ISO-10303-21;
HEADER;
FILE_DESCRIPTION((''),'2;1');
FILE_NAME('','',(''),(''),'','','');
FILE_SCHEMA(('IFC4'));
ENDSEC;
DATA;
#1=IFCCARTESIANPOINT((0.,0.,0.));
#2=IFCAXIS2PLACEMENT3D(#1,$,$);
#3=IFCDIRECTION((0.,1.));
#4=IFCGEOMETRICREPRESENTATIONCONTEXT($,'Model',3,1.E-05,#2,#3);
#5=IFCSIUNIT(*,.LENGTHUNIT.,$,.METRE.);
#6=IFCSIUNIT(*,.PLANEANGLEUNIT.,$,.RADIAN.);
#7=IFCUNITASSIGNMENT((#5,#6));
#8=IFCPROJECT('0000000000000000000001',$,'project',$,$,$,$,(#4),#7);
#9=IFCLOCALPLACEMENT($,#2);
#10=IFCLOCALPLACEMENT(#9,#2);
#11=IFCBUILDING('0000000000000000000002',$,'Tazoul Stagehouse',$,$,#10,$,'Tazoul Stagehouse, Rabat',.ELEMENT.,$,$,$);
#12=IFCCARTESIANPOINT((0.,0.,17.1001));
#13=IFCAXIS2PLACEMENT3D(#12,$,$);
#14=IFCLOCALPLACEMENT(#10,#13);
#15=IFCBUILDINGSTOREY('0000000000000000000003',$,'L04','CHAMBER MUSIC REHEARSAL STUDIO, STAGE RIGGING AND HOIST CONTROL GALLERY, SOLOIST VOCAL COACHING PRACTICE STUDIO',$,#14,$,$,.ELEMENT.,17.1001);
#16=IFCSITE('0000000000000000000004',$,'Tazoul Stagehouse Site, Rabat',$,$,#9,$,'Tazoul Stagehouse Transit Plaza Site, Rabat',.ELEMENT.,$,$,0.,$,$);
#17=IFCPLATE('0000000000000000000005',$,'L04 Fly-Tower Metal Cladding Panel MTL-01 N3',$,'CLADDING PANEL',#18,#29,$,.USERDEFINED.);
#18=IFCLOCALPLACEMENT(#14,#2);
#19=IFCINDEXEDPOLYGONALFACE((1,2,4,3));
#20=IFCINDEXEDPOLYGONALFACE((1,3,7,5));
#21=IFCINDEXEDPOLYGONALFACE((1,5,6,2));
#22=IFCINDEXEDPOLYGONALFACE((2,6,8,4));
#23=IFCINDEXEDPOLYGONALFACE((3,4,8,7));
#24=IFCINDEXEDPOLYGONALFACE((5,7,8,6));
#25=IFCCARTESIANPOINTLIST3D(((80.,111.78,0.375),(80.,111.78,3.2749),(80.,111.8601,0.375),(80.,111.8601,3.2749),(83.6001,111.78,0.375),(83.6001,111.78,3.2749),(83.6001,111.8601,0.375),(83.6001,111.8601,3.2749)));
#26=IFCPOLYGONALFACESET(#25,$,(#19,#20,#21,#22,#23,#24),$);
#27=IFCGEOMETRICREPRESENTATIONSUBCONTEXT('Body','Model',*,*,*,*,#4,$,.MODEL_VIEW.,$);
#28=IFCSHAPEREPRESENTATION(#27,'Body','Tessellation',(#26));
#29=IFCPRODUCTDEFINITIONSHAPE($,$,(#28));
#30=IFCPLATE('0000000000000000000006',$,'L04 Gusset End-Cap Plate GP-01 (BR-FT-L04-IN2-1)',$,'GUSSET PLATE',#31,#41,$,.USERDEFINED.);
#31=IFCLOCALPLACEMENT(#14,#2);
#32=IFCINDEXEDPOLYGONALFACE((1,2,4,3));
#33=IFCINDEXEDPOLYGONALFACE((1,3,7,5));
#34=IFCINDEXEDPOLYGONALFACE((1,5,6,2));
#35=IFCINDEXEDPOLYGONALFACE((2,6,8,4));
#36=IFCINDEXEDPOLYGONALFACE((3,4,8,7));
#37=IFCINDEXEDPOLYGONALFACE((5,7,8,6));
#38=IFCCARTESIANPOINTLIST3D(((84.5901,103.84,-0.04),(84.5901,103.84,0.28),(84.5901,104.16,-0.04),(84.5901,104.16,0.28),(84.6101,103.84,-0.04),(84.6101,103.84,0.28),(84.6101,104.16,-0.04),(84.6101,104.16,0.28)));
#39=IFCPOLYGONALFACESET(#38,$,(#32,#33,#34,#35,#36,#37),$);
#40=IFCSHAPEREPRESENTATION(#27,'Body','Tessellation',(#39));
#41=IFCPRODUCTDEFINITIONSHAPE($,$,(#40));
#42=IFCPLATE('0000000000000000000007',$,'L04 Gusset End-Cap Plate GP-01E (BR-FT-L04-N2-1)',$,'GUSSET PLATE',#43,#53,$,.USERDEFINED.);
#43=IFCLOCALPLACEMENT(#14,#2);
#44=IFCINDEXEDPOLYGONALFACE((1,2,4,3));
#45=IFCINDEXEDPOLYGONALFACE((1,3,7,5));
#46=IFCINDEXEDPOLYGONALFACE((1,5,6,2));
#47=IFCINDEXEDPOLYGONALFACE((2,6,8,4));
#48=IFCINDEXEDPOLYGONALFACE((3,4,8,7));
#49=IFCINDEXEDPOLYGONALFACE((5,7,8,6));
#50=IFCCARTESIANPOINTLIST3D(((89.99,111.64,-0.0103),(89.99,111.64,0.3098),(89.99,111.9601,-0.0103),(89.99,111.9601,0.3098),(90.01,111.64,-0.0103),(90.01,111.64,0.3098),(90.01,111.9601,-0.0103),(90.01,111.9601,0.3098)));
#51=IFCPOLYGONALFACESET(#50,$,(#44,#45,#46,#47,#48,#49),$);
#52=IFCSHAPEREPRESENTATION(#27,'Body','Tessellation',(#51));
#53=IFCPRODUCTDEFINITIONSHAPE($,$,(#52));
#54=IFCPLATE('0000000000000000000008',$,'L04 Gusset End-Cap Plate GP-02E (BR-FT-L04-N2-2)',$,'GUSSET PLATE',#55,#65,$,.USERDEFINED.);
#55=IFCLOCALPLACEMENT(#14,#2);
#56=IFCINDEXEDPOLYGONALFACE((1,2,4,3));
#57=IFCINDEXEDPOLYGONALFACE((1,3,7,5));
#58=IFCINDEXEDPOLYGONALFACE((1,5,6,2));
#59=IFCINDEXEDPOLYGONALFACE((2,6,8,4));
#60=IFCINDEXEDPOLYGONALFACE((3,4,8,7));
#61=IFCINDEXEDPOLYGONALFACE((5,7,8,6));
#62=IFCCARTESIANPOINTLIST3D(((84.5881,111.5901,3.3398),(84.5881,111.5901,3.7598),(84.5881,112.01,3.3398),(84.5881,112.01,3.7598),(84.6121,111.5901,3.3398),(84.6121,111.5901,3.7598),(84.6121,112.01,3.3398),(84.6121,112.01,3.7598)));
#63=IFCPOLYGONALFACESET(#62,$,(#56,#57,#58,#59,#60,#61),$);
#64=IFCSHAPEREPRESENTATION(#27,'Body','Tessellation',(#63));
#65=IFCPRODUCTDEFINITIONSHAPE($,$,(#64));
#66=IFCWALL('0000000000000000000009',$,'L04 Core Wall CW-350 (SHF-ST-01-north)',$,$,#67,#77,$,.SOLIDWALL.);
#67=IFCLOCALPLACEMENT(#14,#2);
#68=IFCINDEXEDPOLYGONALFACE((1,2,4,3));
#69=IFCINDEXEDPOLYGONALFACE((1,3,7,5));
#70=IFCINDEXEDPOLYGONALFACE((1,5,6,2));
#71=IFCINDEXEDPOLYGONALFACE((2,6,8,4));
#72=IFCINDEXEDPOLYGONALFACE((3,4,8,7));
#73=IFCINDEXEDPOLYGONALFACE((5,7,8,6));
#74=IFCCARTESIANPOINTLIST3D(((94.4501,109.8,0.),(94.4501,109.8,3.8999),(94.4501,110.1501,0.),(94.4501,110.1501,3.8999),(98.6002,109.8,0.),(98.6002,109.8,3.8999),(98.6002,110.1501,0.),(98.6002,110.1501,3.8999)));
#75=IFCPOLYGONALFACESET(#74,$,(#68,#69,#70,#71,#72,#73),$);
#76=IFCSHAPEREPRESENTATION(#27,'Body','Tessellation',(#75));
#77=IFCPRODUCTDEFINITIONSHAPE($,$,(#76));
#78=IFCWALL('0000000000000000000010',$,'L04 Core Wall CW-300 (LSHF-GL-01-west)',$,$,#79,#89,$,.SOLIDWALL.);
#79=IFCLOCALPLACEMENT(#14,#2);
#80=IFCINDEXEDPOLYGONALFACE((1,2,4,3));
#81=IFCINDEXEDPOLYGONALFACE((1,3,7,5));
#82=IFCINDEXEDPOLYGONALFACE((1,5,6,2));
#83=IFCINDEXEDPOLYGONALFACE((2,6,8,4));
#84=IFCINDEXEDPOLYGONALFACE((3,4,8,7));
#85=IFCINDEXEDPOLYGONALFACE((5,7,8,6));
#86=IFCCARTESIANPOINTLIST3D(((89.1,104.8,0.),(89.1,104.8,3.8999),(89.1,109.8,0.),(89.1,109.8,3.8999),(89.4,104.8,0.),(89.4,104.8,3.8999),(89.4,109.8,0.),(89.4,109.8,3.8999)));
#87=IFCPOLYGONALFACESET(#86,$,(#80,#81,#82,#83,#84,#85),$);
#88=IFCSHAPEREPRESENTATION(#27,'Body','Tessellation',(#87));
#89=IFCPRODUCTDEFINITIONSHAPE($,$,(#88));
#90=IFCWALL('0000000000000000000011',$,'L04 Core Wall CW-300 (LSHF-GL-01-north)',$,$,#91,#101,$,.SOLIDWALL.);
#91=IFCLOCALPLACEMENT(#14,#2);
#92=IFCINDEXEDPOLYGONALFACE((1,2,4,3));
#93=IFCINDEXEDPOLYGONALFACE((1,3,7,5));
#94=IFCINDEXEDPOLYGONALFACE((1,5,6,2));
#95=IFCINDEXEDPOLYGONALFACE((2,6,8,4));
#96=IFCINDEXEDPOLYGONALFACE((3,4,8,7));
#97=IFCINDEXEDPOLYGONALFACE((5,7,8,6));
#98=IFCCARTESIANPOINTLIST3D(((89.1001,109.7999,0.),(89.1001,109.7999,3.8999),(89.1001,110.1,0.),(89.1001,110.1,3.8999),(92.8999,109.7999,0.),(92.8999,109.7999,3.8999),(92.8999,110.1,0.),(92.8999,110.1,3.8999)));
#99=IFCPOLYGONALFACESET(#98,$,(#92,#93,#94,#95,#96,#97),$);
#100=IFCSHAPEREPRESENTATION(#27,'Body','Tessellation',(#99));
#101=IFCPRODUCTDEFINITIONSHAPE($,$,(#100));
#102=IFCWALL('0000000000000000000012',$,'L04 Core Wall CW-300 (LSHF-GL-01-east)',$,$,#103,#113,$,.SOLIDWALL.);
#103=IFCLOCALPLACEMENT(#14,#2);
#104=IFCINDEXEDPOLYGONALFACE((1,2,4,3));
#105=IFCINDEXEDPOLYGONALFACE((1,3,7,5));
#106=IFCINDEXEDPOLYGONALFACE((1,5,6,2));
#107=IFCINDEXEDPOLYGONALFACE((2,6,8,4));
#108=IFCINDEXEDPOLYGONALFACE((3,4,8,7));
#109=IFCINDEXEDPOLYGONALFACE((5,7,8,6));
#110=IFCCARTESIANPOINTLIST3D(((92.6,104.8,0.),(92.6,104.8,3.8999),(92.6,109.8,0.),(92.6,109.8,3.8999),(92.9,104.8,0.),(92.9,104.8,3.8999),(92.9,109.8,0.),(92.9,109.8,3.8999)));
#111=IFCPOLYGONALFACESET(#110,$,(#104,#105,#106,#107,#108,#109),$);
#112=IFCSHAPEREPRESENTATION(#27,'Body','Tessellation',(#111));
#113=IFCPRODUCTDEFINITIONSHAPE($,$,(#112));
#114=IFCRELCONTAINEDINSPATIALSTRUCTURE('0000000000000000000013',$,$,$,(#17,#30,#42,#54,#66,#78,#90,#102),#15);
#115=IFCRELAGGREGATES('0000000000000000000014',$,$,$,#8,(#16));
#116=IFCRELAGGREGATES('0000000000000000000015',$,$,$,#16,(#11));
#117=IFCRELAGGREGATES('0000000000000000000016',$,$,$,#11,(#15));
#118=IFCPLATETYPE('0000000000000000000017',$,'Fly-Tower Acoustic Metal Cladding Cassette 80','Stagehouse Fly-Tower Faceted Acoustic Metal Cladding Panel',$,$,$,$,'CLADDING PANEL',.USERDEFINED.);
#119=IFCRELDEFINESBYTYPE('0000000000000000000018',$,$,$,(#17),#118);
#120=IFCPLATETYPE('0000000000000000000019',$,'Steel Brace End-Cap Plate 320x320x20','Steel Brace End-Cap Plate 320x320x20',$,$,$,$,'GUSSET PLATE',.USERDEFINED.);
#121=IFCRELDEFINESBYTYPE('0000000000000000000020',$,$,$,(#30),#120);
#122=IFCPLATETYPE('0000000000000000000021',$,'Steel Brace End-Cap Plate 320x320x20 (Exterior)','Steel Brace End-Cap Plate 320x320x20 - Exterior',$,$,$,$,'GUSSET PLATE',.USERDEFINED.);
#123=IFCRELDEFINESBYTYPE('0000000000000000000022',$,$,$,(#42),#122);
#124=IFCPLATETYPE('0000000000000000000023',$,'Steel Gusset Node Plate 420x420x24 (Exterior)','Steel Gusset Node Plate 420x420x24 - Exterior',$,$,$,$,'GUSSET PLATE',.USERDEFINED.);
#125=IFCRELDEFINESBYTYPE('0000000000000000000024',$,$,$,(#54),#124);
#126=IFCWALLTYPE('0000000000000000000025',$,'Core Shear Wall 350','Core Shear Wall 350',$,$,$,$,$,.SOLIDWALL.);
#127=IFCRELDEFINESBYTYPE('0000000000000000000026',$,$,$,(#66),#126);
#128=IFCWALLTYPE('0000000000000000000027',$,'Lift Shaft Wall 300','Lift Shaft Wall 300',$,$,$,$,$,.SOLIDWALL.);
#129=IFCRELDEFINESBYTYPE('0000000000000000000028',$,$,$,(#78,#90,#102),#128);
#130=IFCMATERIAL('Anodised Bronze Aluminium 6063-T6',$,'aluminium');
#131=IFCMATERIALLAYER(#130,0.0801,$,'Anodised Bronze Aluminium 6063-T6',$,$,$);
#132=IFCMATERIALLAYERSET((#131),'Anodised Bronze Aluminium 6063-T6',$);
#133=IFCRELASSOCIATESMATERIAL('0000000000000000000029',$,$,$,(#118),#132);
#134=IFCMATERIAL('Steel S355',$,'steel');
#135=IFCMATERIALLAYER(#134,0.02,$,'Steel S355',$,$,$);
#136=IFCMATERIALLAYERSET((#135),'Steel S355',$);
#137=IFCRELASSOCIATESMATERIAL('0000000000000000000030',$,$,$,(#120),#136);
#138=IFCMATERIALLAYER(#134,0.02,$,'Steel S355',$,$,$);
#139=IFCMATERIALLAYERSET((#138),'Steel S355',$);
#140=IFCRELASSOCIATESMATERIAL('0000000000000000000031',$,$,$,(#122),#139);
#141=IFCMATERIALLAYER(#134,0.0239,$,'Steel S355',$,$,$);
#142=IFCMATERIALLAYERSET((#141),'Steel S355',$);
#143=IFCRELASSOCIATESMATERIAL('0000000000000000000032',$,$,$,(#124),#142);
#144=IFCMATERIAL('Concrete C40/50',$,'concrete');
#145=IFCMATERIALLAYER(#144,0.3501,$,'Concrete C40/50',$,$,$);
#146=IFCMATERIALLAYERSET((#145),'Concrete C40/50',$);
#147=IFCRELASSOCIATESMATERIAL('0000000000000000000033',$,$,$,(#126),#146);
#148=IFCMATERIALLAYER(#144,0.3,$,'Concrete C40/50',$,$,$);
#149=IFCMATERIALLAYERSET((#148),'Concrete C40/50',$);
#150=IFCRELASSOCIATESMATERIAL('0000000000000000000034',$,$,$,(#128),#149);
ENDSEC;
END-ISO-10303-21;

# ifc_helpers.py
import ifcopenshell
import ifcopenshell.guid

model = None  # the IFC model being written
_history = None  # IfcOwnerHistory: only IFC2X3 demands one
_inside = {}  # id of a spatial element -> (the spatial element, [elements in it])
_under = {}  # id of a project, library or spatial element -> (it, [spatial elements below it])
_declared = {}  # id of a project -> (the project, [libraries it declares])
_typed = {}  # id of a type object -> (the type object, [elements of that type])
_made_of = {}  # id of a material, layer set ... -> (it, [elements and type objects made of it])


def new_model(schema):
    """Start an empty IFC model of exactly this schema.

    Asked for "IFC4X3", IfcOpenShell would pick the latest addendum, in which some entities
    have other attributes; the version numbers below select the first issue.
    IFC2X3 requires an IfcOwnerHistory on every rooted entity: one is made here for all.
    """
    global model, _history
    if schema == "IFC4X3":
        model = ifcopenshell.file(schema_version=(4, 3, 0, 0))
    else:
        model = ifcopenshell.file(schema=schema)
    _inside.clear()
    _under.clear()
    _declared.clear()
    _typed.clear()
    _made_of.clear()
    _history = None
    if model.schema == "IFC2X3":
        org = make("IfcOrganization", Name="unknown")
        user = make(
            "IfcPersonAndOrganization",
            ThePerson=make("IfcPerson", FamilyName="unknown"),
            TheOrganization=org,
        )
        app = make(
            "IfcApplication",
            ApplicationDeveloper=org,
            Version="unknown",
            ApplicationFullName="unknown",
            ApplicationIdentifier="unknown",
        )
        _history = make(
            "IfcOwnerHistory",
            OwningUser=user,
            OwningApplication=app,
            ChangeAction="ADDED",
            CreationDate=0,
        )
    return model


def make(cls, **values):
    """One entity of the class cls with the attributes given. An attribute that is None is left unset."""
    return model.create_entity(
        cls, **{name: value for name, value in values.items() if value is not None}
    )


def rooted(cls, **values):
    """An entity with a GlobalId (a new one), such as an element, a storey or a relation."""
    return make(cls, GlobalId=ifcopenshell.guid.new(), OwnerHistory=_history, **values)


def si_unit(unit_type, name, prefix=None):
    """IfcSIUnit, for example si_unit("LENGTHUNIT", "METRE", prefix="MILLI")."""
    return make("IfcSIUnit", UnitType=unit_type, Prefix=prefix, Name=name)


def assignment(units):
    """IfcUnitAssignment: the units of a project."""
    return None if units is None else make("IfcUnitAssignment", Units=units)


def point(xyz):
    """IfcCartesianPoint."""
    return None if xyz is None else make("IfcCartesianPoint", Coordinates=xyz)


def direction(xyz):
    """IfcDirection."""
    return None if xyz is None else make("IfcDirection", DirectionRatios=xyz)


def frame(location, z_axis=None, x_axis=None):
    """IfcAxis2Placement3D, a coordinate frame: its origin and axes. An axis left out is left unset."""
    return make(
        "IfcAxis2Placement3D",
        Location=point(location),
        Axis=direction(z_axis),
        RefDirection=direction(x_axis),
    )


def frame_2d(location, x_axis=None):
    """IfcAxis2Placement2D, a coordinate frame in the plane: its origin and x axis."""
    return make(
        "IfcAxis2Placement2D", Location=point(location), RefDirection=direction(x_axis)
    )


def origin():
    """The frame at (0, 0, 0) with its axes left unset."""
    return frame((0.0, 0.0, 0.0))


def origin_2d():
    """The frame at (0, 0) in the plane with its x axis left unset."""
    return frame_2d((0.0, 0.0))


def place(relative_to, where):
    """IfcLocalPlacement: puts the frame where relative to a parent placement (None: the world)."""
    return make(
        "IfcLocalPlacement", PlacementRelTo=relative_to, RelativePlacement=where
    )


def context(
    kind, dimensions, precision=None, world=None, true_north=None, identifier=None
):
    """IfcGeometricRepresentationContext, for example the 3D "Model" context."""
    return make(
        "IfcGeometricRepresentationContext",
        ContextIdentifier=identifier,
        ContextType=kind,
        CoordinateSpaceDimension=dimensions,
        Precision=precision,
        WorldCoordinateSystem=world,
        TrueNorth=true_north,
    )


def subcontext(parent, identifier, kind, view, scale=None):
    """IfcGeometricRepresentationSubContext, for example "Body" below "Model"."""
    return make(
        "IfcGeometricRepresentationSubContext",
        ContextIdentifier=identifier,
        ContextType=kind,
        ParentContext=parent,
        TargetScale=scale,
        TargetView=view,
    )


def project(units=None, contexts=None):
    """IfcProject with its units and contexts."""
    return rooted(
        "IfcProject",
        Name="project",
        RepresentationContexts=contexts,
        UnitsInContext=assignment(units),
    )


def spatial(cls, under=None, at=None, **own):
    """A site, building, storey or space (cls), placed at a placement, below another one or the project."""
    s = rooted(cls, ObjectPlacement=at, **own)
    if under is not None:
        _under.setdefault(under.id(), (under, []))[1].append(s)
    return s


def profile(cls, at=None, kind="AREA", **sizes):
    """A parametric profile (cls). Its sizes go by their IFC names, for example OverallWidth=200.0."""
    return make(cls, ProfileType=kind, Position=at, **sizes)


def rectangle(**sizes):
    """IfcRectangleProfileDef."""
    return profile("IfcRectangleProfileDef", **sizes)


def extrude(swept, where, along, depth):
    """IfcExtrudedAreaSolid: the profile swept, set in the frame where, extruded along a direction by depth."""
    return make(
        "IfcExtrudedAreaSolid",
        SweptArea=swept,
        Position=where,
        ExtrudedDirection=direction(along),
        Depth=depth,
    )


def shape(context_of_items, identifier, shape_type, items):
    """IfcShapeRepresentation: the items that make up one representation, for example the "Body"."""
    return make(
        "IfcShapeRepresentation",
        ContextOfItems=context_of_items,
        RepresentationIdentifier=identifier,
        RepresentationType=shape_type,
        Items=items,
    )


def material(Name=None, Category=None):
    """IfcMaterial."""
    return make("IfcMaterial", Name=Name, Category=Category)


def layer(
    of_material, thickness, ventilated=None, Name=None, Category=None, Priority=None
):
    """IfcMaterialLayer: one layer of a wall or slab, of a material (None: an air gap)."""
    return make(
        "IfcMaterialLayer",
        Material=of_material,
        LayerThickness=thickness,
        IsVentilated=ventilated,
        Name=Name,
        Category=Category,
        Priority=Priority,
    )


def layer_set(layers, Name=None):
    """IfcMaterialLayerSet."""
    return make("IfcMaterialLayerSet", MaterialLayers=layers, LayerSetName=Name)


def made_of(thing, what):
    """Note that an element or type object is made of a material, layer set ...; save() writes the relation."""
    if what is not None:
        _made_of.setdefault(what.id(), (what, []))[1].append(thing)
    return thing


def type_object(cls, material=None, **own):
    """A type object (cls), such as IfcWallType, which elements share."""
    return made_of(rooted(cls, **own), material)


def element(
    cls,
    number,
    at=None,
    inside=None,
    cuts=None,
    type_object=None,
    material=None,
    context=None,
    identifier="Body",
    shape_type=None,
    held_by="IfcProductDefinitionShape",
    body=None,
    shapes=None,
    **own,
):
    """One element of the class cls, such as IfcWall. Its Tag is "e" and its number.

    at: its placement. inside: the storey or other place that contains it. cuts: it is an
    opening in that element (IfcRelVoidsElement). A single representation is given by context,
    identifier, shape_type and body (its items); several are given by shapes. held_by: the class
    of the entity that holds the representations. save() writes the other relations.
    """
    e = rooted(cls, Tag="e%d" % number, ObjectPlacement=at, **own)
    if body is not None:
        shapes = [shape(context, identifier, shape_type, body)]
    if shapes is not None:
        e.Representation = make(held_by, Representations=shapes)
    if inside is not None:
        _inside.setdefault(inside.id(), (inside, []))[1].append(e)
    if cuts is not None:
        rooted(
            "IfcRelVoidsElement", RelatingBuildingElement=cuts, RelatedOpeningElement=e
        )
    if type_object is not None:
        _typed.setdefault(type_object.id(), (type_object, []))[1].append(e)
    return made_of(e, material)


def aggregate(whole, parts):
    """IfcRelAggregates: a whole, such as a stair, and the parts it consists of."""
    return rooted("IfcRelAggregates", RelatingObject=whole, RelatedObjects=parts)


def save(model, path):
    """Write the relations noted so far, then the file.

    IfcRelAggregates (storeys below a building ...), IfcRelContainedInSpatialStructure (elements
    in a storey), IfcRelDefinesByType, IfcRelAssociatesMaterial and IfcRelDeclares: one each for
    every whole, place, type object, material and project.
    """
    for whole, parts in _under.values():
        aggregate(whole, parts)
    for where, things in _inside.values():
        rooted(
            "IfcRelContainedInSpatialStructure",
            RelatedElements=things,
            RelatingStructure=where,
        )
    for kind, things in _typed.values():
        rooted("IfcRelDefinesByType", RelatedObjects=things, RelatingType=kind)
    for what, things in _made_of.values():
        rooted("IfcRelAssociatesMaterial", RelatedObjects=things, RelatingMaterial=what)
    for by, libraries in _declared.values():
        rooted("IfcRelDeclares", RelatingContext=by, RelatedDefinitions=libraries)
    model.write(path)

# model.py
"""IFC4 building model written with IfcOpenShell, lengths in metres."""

from ifc_helpers import new_model, si_unit, direction, frame, frame_2d, origin, origin_2d, place, context, subcontext, project, spatial, rectangle, extrude, material, layer, layer_set, type_object, element, save


model = new_model("IFC4")

# Units and contexts
model_context = context("Model", 3, precision=1e-05, world=origin(), true_north=direction((0.0, 1.0)))
body_context = subcontext(model_context, "Body", "Model", "MODEL_VIEW")
ifc_project = project(units=[si_unit("LENGTHUNIT", "METRE"), si_unit("PLANEANGLEUNIT", "RADIAN")], contexts=[model_context])

# Site, building, storey
site_placement = place(None, origin())
site = spatial("IfcSite", under=ifc_project, at=site_placement, Name="Tazoul Stagehouse Site, Rabat", LongName="Tazoul Stagehouse Transit Plaza Site, Rabat", CompositionType="ELEMENT", RefElevation=0.0)
building_placement = place(site_placement, origin())
building = spatial("IfcBuilding", under=site, at=building_placement, Name="Tazoul Stagehouse", LongName="Tazoul Stagehouse, Rabat", CompositionType="ELEMENT")
storey_placement = place(building_placement, frame((0.0, 0.0, 17.1001)))
storey = spatial("IfcBuildingStorey", under=building, at=storey_placement, Name="L04", Description="CHAMBER MUSIC REHEARSAL STUDIO, STAGE RIGGING AND HOIST CONTROL GALLERY, SOLOIST VOCAL COACHING PRACTICE STUDIO", CompositionType="ELEMENT", Elevation=17.1001)

# Shared definitions
ifc_material_1 = material(Name="Steel S355", Category="steel")

# Shared definitions
ifc_material_2 = material(Name="Concrete C40/50", Category="concrete")

# Plates
ifc_material_3 = material(Name="Anodised Bronze Aluminium 6063-T6", Category="aluminium")
ifc_layer_1 = layer(ifc_material_3, 0.0801, Name="Anodised Bronze Aluminium 6063-T6")
ifc_layer_set_1 = layer_set([ifc_layer_1], Name="Anodised Bronze Aluminium 6063-T6")
plate_type_1 = type_object("IfcPlateType", Name="Fly-Tower Acoustic Metal Cladding Cassette 80", Description="Stagehouse Fly-Tower Faceted Acoustic Metal Cladding Panel", ElementType="CLADDING PANEL", PredefinedType="USERDEFINED", material=ifc_layer_set_1)
plate_1_placement = place(storey_placement, frame((81.8, 111.8201, 0.375), z_axis=(0.0, 0.0, 1.0), x_axis=(1.0, 0.0, 0.0)))
element("IfcPlate", 1, at=plate_1_placement, inside=storey, type_object=plate_type_1, Name="L04 Fly-Tower Metal Cladding Panel MTL-01 N3", ObjectType="CLADDING PANEL", PredefinedType="USERDEFINED", context=body_context, shape_type="SweptSolid", body=[
    extrude(rectangle(XDim=3.6001, YDim=0.0801, at=origin_2d()), origin(), (0.0, 0.0, 1.0), 2.8999),
])
ifc_layer_2 = layer(ifc_material_1, 0.02, Name="Steel S355")
ifc_layer_set_2 = layer_set([ifc_layer_2], Name="Steel S355")
plate_type_2 = type_object("IfcPlateType", Name="Steel Brace End-Cap Plate 320x320x20", Description="Steel Brace End-Cap Plate 320x320x20", ElementType="GUSSET PLATE", PredefinedType="USERDEFINED", material=ifc_layer_set_2)
plate_2_placement = place(storey_placement, frame((84.6001, 104.0, -0.04), z_axis=(0.0, 0.0, 1.0), x_axis=(-1.0, 0.0, 0.0)))
element("IfcPlate", 2, at=plate_2_placement, inside=storey, type_object=plate_type_2, Name="L04 Gusset End-Cap Plate GP-01 (BR-FT-L04-IN2-1)", ObjectType="GUSSET PLATE", PredefinedType="USERDEFINED", context=body_context, shape_type="SweptSolid", body=[
    extrude(rectangle(XDim=0.02, YDim=0.3201, at=origin_2d()), origin(), (0.0, 0.0, 1.0), 0.3201),
])
ifc_layer_3 = layer(ifc_material_1, 0.02, Name="Steel S355")
ifc_layer_set_3 = layer_set([ifc_layer_3], Name="Steel S355")
plate_type_3 = type_object("IfcPlateType", Name="Steel Brace End-Cap Plate 320x320x20 (Exterior)", Description="Steel Brace End-Cap Plate 320x320x20 - Exterior", ElementType="GUSSET PLATE", PredefinedType="USERDEFINED", material=ifc_layer_set_3)
plate_3_placement = place(storey_placement, frame((90.0, 111.8, -0.0103), z_axis=(0.0, 0.0, 1.0), x_axis=(-1.0, 0.0, 0.0)))
element("IfcPlate", 3, at=plate_3_placement, inside=storey, type_object=plate_type_3, Name="L04 Gusset End-Cap Plate GP-01E (BR-FT-L04-N2-1)", ObjectType="GUSSET PLATE", PredefinedType="USERDEFINED", context=body_context, shape_type="SweptSolid", body=[
    extrude(rectangle(XDim=0.02, YDim=0.3201, at=origin_2d()), origin(), (0.0, 0.0, 1.0), 0.3201),
])
ifc_layer_4 = layer(ifc_material_1, 0.0239, Name="Steel S355")
ifc_layer_set_4 = layer_set([ifc_layer_4], Name="Steel S355")
plate_type_4 = type_object("IfcPlateType", Name="Steel Gusset Node Plate 420x420x24 (Exterior)", Description="Steel Gusset Node Plate 420x420x24 - Exterior", ElementType="GUSSET PLATE", PredefinedType="USERDEFINED", material=ifc_layer_set_4)
plate_4_placement = place(storey_placement, frame((84.6001, 111.8, 3.3398), z_axis=(0.0, 0.0, 1.0), x_axis=(-1.0, 0.0, 0.0)))
element("IfcPlate", 4, at=plate_4_placement, inside=storey, type_object=plate_type_4, Name="L04 Gusset End-Cap Plate GP-02E (BR-FT-L04-N2-2)", ObjectType="GUSSET PLATE", PredefinedType="USERDEFINED", context=body_context, shape_type="SweptSolid", body=[
    extrude(rectangle(XDim=0.0239, YDim=0.4199, at=origin_2d()), origin(), (0.0, 0.0, 1.0), 0.4199),
])

# Wall
ifc_layer_5 = layer(ifc_material_2, 0.3501, Name="Concrete C40/50")
ifc_layer_set_5 = layer_set([ifc_layer_5], Name="Concrete C40/50")
wall_type_1 = type_object("IfcWallType", Name="Core Shear Wall 350", Description="Core Shear Wall 350", PredefinedType="SOLIDWALL", material=ifc_layer_set_5)
wall_1_placement = place(storey_placement, frame((94.45, 109.9751, 0.0), z_axis=(0.0, 0.0, 1.0), x_axis=(1.0, 0.0, 0.0)))
element("IfcWall", 5, at=wall_1_placement, inside=storey, type_object=wall_type_1, Name="L04 Core Wall CW-350 (SHF-ST-01-north)", PredefinedType="SOLIDWALL", context=body_context, shape_type="SweptSolid", body=[
    extrude(rectangle(XDim=4.1501, YDim=0.3501, at=frame_2d((2.0752, 0.0))), origin(), (0.0, 0.0, 1.0), 3.8999),
])

# Shared definitions
ifc_layer_6 = layer(ifc_material_2, 0.3, Name="Concrete C40/50")
ifc_layer_set_6 = layer_set([ifc_layer_6], Name="Concrete C40/50")
wall_type_2 = type_object("IfcWallType", Name="Lift Shaft Wall 300", Description="Lift Shaft Wall 300", PredefinedType="SOLIDWALL", material=ifc_layer_set_6)

# Walls
wall_2_placement = place(storey_placement, frame((89.25, 104.8, 0.0), z_axis=(0.0, 0.0, 1.0), x_axis=(0.0, 1.0, 0.0)))
element("IfcWall", 6, at=wall_2_placement, inside=storey, type_object=wall_type_2, Name="L04 Core Wall CW-300 (LSHF-GL-01-west)", PredefinedType="SOLIDWALL", context=body_context, shape_type="SweptSolid", body=[
    extrude(rectangle(XDim=5.0, YDim=0.3, at=frame_2d((2.5, 0.0))), origin(), (0.0, 0.0, 1.0), 3.8999),
])
wall_3_placement = place(storey_placement, frame((89.1001, 109.95, 0.0), z_axis=(0.0, 0.0, 1.0), x_axis=(1.0, 0.0, 0.0)))
element("IfcWall", 7, at=wall_3_placement, inside=storey, type_object=wall_type_2, Name="L04 Core Wall CW-300 (LSHF-GL-01-north)", PredefinedType="SOLIDWALL", context=body_context, shape_type="SweptSolid", body=[
    extrude(rectangle(XDim=3.7998, YDim=0.3, at=frame_2d((1.8999, 0.0))), origin(), (0.0, 0.0, 1.0), 3.8999),
])
wall_4_placement = place(storey_placement, frame((92.75, 109.8, 0.0), z_axis=(0.0, 0.0, 1.0), x_axis=(0.0, -1.0, 0.0)))
element("IfcWall", 8, at=wall_4_placement, inside=storey, type_object=wall_type_2, Name="L04 Core Wall CW-300 (LSHF-GL-01-east)", PredefinedType="SOLIDWALL", context=body_context, shape_type="SweptSolid", body=[
    extrude(rectangle(XDim=5.0, YDim=0.3, at=frame_2d((2.5, 0.0))), origin(), (0.0, 0.0, 1.0), 3.8999),
])

save(model, "model.ifc")
